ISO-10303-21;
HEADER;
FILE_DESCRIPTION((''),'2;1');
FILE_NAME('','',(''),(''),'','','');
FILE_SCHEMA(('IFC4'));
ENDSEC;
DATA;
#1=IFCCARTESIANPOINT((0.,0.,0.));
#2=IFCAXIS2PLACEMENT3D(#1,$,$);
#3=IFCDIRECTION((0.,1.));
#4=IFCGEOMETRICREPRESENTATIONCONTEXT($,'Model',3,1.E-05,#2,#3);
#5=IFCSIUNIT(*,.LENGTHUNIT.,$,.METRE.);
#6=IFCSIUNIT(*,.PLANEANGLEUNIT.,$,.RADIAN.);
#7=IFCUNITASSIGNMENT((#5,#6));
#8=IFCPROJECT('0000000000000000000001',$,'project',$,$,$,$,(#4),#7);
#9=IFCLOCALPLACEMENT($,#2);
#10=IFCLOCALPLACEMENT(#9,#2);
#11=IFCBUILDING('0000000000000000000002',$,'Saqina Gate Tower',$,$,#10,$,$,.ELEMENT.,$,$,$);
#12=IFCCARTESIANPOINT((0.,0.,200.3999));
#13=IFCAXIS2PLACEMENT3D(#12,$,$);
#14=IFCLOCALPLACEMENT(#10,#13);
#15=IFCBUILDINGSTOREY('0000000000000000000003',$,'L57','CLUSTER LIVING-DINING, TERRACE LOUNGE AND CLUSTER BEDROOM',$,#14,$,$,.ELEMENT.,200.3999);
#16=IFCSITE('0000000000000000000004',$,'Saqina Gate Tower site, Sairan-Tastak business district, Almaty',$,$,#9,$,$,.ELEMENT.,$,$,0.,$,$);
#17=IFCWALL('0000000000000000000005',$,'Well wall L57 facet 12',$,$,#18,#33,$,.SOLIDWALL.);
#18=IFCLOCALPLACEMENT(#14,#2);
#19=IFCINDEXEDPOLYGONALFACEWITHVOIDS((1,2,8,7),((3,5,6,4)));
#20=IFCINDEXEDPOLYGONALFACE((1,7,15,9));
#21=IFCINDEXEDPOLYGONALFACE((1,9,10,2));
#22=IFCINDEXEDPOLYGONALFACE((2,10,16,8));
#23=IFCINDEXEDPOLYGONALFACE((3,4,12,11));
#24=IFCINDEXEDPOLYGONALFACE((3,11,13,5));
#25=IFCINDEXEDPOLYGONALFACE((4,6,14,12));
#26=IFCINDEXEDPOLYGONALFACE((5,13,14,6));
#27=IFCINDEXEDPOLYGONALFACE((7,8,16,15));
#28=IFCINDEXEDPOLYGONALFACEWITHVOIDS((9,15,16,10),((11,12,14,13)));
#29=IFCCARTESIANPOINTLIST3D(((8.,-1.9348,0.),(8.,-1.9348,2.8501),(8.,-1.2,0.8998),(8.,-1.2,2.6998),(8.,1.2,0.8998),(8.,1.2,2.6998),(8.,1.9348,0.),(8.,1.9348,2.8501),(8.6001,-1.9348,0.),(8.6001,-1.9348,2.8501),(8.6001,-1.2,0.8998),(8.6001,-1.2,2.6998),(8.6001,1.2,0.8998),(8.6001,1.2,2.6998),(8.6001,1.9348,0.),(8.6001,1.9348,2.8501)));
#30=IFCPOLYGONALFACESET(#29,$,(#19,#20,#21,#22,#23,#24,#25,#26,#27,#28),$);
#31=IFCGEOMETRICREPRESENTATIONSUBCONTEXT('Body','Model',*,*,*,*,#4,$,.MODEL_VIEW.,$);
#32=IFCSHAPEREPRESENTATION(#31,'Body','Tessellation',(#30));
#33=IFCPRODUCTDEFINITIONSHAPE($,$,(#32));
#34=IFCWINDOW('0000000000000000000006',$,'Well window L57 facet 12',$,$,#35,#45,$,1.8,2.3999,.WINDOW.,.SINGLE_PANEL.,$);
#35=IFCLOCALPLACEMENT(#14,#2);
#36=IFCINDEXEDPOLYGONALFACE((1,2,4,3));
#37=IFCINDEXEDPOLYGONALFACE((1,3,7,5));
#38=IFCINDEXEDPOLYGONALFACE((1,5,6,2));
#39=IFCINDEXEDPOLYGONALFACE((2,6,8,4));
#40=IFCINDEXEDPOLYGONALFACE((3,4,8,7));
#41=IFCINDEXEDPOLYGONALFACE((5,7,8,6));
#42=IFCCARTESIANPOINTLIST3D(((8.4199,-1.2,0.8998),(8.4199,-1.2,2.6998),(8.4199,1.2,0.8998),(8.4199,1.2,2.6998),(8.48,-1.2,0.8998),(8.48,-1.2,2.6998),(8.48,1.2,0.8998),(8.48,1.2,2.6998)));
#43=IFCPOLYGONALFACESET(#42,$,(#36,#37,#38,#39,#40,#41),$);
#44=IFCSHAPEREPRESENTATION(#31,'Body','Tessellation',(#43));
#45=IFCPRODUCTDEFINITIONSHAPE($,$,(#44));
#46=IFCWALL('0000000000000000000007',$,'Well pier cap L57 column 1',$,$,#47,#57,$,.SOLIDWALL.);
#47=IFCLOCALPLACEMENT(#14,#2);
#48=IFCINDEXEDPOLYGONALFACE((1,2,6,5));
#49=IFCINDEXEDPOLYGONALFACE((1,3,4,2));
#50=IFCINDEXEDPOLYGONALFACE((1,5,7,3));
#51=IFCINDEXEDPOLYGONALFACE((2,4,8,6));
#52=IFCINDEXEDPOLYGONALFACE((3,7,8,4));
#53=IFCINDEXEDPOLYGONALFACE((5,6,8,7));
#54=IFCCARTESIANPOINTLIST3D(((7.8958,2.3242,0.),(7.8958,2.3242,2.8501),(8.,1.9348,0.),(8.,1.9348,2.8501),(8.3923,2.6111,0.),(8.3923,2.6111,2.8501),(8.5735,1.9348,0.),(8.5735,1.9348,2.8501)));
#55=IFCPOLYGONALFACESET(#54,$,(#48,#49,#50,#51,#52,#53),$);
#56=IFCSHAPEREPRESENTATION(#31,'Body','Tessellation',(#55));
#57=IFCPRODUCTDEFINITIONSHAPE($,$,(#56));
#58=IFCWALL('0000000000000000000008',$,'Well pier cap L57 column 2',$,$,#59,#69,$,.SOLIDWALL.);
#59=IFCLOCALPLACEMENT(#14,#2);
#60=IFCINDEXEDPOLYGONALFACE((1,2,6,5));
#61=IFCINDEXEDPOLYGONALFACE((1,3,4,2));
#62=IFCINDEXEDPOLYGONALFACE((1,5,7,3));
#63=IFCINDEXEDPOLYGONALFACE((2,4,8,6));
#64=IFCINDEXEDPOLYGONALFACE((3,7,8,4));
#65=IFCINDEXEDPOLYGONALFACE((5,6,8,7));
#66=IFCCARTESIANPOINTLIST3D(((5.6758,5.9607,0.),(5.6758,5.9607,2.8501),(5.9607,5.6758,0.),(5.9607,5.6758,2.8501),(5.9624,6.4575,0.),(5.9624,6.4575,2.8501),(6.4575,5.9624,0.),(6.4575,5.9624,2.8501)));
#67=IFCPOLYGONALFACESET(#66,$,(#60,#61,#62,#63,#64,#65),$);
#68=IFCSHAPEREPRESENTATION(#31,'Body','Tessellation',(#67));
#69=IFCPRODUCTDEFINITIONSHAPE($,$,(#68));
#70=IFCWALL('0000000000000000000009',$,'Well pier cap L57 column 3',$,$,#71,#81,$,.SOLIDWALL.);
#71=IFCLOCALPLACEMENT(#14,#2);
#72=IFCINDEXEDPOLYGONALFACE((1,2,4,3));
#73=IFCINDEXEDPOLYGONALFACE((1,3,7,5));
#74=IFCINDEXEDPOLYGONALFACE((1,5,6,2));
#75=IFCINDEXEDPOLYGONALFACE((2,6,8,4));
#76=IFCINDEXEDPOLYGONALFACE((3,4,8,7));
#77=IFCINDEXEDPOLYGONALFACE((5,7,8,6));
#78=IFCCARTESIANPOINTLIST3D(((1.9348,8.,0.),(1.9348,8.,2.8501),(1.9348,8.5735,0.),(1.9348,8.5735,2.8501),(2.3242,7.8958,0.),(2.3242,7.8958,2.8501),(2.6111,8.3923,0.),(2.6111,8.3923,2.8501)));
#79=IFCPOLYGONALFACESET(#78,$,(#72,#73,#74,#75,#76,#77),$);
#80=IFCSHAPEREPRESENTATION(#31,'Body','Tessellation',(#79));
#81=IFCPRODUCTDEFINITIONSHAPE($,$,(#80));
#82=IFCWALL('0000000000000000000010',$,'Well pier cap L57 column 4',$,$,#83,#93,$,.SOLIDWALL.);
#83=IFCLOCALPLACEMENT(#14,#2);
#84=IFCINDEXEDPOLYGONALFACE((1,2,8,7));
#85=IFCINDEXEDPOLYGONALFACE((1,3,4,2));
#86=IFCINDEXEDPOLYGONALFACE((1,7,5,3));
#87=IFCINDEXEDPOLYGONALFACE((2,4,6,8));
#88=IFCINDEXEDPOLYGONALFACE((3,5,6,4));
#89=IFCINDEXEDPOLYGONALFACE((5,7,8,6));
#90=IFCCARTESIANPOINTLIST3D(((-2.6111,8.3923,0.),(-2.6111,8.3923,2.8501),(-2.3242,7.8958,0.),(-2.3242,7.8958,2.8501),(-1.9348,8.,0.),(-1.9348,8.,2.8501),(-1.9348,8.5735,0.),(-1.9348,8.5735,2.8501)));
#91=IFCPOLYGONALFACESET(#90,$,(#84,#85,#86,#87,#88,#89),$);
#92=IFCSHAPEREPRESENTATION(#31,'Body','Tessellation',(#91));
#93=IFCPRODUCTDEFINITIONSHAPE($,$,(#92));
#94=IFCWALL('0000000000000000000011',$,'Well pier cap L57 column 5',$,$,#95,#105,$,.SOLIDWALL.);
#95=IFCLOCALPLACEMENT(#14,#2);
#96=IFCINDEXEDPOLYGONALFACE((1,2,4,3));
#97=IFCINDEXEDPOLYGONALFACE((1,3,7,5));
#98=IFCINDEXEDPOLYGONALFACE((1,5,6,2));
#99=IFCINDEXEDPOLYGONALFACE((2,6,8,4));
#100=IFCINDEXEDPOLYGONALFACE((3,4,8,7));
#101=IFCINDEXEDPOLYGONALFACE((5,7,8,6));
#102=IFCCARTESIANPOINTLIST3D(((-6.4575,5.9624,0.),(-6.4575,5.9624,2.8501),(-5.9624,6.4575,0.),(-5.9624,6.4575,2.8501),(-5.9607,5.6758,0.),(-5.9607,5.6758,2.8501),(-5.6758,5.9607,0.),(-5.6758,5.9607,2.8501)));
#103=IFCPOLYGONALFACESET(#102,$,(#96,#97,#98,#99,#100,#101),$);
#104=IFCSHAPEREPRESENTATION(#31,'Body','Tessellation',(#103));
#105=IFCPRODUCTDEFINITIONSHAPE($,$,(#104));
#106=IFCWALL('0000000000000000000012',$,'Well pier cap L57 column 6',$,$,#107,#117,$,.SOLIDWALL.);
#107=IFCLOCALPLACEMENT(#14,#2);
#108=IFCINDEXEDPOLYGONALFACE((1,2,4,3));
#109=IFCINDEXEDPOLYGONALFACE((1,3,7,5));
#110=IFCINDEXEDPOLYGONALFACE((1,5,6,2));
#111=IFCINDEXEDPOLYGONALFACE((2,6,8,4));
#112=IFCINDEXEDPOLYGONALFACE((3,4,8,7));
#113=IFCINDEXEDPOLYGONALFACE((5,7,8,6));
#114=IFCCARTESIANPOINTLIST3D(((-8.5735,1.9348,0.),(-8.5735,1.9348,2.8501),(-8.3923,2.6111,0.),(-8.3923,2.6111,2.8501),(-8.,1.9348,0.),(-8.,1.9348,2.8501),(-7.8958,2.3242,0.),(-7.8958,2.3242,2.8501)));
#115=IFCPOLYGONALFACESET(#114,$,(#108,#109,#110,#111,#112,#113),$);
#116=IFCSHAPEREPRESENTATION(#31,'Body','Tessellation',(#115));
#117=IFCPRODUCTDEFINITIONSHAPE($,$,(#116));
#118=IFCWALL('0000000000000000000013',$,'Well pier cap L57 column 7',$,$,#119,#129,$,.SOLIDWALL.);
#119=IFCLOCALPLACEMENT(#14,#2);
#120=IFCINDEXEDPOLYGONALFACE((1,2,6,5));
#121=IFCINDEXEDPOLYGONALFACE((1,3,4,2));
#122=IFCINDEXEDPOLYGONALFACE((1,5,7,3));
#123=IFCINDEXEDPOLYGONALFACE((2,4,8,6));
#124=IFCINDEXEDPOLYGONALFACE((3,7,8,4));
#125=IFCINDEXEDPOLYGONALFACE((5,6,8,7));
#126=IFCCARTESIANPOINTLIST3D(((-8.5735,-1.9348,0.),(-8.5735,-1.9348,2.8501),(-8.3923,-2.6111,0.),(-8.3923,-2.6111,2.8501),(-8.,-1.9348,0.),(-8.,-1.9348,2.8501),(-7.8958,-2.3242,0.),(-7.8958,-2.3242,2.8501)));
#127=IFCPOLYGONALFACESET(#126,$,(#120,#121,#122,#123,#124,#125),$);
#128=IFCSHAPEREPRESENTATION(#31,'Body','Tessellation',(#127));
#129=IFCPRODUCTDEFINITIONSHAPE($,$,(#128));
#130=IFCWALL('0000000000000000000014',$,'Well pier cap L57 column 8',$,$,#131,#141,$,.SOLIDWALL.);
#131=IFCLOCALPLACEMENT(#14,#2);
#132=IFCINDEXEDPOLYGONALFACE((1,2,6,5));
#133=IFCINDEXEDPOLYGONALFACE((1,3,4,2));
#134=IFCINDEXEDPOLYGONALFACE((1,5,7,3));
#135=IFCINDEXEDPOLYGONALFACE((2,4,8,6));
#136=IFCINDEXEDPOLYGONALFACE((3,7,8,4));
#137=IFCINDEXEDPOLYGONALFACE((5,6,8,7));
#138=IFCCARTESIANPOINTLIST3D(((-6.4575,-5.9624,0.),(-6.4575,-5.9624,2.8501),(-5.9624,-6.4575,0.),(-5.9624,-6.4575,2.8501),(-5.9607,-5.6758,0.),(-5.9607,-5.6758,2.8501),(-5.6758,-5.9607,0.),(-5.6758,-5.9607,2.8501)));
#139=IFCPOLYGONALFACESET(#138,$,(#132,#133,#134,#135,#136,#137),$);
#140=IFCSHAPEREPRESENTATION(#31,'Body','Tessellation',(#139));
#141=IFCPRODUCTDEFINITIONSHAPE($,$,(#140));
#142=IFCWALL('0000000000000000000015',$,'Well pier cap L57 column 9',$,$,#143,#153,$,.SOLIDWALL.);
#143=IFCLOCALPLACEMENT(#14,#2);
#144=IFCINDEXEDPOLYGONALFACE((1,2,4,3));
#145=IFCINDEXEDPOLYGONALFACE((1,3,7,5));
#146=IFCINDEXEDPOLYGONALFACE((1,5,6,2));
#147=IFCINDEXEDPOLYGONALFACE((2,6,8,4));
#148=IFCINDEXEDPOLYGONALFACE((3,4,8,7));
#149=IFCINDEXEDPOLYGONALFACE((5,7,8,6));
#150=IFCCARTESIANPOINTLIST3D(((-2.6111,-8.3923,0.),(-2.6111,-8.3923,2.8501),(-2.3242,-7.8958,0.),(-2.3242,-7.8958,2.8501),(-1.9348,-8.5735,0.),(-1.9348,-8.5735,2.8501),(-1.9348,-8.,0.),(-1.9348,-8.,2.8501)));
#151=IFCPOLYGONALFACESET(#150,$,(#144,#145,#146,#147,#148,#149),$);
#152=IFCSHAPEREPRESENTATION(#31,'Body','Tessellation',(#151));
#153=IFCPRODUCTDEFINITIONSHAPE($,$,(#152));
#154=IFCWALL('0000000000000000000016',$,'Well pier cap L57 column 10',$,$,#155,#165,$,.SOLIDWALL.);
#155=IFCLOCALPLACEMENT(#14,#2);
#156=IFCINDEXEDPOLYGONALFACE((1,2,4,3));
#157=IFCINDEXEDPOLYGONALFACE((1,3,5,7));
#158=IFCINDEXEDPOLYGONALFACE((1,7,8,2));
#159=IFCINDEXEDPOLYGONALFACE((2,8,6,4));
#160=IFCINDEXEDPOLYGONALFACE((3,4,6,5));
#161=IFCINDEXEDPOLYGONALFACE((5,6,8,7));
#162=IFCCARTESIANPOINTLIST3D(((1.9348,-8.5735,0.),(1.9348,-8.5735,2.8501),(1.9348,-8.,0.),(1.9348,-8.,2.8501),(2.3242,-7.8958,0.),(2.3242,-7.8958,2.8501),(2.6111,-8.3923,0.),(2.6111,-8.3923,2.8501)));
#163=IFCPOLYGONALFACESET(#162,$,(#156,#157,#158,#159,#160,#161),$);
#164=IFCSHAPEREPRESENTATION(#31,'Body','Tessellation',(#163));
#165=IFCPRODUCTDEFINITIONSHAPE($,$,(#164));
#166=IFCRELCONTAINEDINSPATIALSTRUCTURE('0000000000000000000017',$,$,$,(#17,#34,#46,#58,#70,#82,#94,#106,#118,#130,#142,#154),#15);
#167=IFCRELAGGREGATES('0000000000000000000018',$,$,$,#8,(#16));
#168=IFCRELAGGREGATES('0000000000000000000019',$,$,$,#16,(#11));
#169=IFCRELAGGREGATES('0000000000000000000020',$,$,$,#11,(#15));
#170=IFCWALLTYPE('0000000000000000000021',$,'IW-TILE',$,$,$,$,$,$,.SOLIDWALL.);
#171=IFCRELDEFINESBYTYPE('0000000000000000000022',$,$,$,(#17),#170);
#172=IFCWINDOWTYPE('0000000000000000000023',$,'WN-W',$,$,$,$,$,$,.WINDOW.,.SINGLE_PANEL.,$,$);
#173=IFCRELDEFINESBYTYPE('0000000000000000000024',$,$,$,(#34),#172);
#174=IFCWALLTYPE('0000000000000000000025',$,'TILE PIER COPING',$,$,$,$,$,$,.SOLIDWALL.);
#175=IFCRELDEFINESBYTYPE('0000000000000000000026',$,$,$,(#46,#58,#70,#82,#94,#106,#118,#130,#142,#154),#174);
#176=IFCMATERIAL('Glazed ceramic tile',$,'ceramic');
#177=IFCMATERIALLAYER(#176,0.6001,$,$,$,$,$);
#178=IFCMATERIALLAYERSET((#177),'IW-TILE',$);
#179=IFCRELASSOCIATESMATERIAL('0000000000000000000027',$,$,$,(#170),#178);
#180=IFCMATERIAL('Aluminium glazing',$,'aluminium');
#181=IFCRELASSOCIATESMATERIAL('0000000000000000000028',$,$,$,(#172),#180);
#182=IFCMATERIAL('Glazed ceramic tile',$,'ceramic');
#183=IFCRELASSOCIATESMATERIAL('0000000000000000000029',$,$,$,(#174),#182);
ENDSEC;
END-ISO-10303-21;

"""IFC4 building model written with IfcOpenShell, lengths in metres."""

from ifc_helpers import new_model, si_unit, direction, frame, frame_2d, origin, place, context, subcontext, project, spatial, polyline, rectangle, outline, extrude, material, layer, layer_set, type_object, element, fill, save


model = new_model("IFC4")

# Units and contexts
model_context = context("Model", 3, precision=1e-05, world=origin(), true_north=direction((0.0, 1.0)))
body_context = subcontext(model_context, "Body", "Model", "MODEL_VIEW")
ifc_project = project(units=[si_unit("LENGTHUNIT", "METRE"), si_unit("PLANEANGLEUNIT", "RADIAN")], contexts=[model_context])

# Site, building, storey
site_placement = place(None, origin())
site = spatial("IfcSite", under=ifc_project, at=site_placement, Name="Saqina Gate Tower site, Sairan-Tastak business district, Almaty", CompositionType="ELEMENT", RefElevation=0.0)
building_placement = place(site_placement, origin())
building = spatial("IfcBuilding", under=site, at=building_placement, Name="Saqina Gate Tower", CompositionType="ELEMENT")
storey_placement = place(building_placement, frame((0.0, 0.0, 200.3999)))
storey = spatial("IfcBuildingStorey", under=building, at=storey_placement, Name="L57", Description="CLUSTER LIVING-DINING, TERRACE LOUNGE AND CLUSTER BEDROOM", CompositionType="ELEMENT", Elevation=200.3999)

# Wall, opening, window
ifc_material_1 = material(Name="Glazed ceramic tile", Category="ceramic")
ifc_layer = layer(ifc_material_1, 0.6001)
ifc_layer_set = layer_set([ifc_layer], Name="IW-TILE")
wall_type_1 = type_object("IfcWallType", Name="IW-TILE", PredefinedType="SOLIDWALL", material=ifc_layer_set)
wall_1_placement = place(storey_placement, frame((8.3, -1.9348, 0.0), z_axis=(0.0, 0.0, 1.0), x_axis=(0.0, 1.0, 0.0)))
wall_1 = element("IfcWall", 1, at=wall_1_placement, inside=storey, type_object=wall_type_1, Name="Well wall L57 facet 12", PredefinedType="SOLIDWALL", context=body_context, shape_type="SweptSolid", body=[
    extrude(rectangle(XDim=3.8696, YDim=0.6001, at=frame_2d((1.9348, 0.0))), origin(), (0.0, 0.0, 1.0), 2.8501),
])
opening_placement = place(wall_1_placement, frame((0.7349, 0.0, 0.8999)))
opening = element("IfcOpeningElement", 2, at=opening_placement, cuts=wall_1, PredefinedType="OPENING", context=body_context, shape_type="SweptSolid", body=[
    extrude(rectangle(XDim=2.3999, YDim=1.8, at=frame_2d((1.2, 0.8999))), frame((0.0, 0.312, 0.0), z_axis=(0.0, -1.0, 0.0), x_axis=(1.0, 0.0, 0.0)), (0.0, 0.0, 1.0), 0.624),
])
ifc_material_2 = material(Name="Aluminium glazing", Category="aluminium")
window_type = type_object("IfcWindowType", Name="WN-W", PartitioningType="SINGLE_PANEL", PredefinedType="WINDOW", material=ifc_material_2)
window_placement = place(opening_placement, origin())
window = element("IfcWindow", 3, at=window_placement, inside=storey, type_object=window_type, Name="Well window L57 facet 12", OverallHeight=1.8, OverallWidth=2.3999, PartitioningType="SINGLE_PANEL", PredefinedType="WINDOW", context=body_context, shape_type="SweptSolid", body=[
    extrude(rectangle(XDim=2.3999, YDim=1.8, at=frame_2d((1.2, 0.8999))), frame((0.0, -0.1199, 0.0), z_axis=(0.0, -1.0, 0.0), x_axis=(1.0, 0.0, 0.0)), (0.0, 0.0, 1.0), 0.0601),
])
fill(opening, window)

# Walls
ifc_material_3 = material(Name="Glazed ceramic tile", Category="ceramic")
wall_type_2 = type_object("IfcWallType", Name="TILE PIER COPING", PredefinedType="SOLIDWALL", material=ifc_material_3)
wall_2_placement = place(storey_placement, origin())
element("IfcWall", 4, at=wall_2_placement, inside=storey, type_object=wall_type_2, Name="Well pier cap L57 column 1", PredefinedType="SOLIDWALL", context=body_context, shape_type="SweptSolid", body=[
    extrude(outline(polyline([(8.3923, 2.6111), (7.8958, 2.3242), (8.0, 1.9348), (8.5735, 1.9348), (8.3923, 2.6111)])), origin(), (0.0, 0.0, 1.0), 2.8501),
])
wall_3_placement = place(storey_placement, origin())
element("IfcWall", 5, at=wall_3_placement, inside=storey, type_object=wall_type_2, Name="Well pier cap L57 column 2", PredefinedType="SOLIDWALL", context=body_context, shape_type="SweptSolid", body=[
    extrude(outline(polyline([(5.9624, 6.4575), (5.6758, 5.9607), (5.9607, 5.6758), (6.4575, 5.9624), (5.9624, 6.4575)])), origin(), (0.0, 0.0, 1.0), 2.8501),
])
wall_4_placement = place(storey_placement, origin())
element("IfcWall", 6, at=wall_4_placement, inside=storey, type_object=wall_type_2, Name="Well pier cap L57 column 3", PredefinedType="SOLIDWALL", context=body_context, shape_type="SweptSolid", body=[
    extrude(outline(polyline([(1.9348, 8.5735), (1.9348, 8.0), (2.3242, 7.8958), (2.6111, 8.3923), (1.9348, 8.5735)])), origin(), (0.0, 0.0, 1.0), 2.8501),
])
wall_5_placement = place(storey_placement, origin())
element("IfcWall", 7, at=wall_5_placement, inside=storey, type_object=wall_type_2, Name="Well pier cap L57 column 4", PredefinedType="SOLIDWALL", context=body_context, shape_type="SweptSolid", body=[
    extrude(outline(polyline([(-1.9348, 8.0), (-1.9348, 8.5735), (-2.6111, 8.3923), (-2.3242, 7.8958), (-1.9348, 8.0)])), origin(), (0.0, 0.0, 1.0), 2.8501),
])
wall_6_placement = place(storey_placement, origin())
element("IfcWall", 8, at=wall_6_placement, inside=storey, type_object=wall_type_2, Name="Well pier cap L57 column 5", PredefinedType="SOLIDWALL", context=body_context, shape_type="SweptSolid", body=[
    extrude(outline(polyline([(-6.4575, 5.9624), (-5.9607, 5.6758), (-5.6758, 5.9607), (-5.9624, 6.4575), (-6.4575, 5.9624)])), origin(), (0.0, 0.0, 1.0), 2.8501),
])
wall_7_placement = place(storey_placement, origin())
element("IfcWall", 9, at=wall_7_placement, inside=storey, type_object=wall_type_2, Name="Well pier cap L57 column 6", PredefinedType="SOLIDWALL", context=body_context, shape_type="SweptSolid", body=[
    extrude(outline(polyline([(-8.5735, 1.9348), (-8.0, 1.9348), (-7.8958, 2.3242), (-8.3923, 2.6111), (-8.5735, 1.9348)])), origin(), (0.0, 0.0, 1.0), 2.8501),
])
wall_8_placement = place(storey_placement, origin())
element("IfcWall", 10, at=wall_8_placement, inside=storey, type_object=wall_type_2, Name="Well pier cap L57 column 7", PredefinedType="SOLIDWALL", context=body_context, shape_type="SweptSolid", body=[
    extrude(outline(polyline([(-8.0, -1.9348), (-8.5735, -1.9348), (-8.3923, -2.6111), (-7.8958, -2.3242), (-8.0, -1.9348)])), origin(), (0.0, 0.0, 1.0), 2.8501),
])
wall_9_placement = place(storey_placement, origin())
element("IfcWall", 11, at=wall_9_placement, inside=storey, type_object=wall_type_2, Name="Well pier cap L57 column 8", PredefinedType="SOLIDWALL", context=body_context, shape_type="SweptSolid", body=[
    extrude(outline(polyline([(-6.4575, -5.9624), (-5.9624, -6.4575), (-5.6758, -5.9607), (-5.9607, -5.6758), (-6.4575, -5.9624)])), origin(), (0.0, 0.0, 1.0), 2.8501),
])
wall_10_placement = place(storey_placement, origin())
element("IfcWall", 12, at=wall_10_placement, inside=storey, type_object=wall_type_2, Name="Well pier cap L57 column 9", PredefinedType="SOLIDWALL", context=body_context, shape_type="SweptSolid", body=[
    extrude(outline(polyline([(-1.9348, -8.5735), (-1.9348, -8.0), (-2.3242, -7.8958), (-2.6111, -8.3923), (-1.9348, -8.5735)])), origin(), (0.0, 0.0, 1.0), 2.8501),
])
wall_11_placement = place(storey_placement, origin())
element("IfcWall", 13, at=wall_11_placement, inside=storey, type_object=wall_type_2, Name="Well pier cap L57 column 10", PredefinedType="SOLIDWALL", context=body_context, shape_type="SweptSolid", body=[
    extrude(outline(polyline([(2.6111, -8.3923), (2.3242, -7.8958), (1.9348, -8.0), (1.9348, -8.5735), (2.6111, -8.3923)])), origin(), (0.0, 0.0, 1.0), 2.8501),
])

save(model, "model.ifc")
